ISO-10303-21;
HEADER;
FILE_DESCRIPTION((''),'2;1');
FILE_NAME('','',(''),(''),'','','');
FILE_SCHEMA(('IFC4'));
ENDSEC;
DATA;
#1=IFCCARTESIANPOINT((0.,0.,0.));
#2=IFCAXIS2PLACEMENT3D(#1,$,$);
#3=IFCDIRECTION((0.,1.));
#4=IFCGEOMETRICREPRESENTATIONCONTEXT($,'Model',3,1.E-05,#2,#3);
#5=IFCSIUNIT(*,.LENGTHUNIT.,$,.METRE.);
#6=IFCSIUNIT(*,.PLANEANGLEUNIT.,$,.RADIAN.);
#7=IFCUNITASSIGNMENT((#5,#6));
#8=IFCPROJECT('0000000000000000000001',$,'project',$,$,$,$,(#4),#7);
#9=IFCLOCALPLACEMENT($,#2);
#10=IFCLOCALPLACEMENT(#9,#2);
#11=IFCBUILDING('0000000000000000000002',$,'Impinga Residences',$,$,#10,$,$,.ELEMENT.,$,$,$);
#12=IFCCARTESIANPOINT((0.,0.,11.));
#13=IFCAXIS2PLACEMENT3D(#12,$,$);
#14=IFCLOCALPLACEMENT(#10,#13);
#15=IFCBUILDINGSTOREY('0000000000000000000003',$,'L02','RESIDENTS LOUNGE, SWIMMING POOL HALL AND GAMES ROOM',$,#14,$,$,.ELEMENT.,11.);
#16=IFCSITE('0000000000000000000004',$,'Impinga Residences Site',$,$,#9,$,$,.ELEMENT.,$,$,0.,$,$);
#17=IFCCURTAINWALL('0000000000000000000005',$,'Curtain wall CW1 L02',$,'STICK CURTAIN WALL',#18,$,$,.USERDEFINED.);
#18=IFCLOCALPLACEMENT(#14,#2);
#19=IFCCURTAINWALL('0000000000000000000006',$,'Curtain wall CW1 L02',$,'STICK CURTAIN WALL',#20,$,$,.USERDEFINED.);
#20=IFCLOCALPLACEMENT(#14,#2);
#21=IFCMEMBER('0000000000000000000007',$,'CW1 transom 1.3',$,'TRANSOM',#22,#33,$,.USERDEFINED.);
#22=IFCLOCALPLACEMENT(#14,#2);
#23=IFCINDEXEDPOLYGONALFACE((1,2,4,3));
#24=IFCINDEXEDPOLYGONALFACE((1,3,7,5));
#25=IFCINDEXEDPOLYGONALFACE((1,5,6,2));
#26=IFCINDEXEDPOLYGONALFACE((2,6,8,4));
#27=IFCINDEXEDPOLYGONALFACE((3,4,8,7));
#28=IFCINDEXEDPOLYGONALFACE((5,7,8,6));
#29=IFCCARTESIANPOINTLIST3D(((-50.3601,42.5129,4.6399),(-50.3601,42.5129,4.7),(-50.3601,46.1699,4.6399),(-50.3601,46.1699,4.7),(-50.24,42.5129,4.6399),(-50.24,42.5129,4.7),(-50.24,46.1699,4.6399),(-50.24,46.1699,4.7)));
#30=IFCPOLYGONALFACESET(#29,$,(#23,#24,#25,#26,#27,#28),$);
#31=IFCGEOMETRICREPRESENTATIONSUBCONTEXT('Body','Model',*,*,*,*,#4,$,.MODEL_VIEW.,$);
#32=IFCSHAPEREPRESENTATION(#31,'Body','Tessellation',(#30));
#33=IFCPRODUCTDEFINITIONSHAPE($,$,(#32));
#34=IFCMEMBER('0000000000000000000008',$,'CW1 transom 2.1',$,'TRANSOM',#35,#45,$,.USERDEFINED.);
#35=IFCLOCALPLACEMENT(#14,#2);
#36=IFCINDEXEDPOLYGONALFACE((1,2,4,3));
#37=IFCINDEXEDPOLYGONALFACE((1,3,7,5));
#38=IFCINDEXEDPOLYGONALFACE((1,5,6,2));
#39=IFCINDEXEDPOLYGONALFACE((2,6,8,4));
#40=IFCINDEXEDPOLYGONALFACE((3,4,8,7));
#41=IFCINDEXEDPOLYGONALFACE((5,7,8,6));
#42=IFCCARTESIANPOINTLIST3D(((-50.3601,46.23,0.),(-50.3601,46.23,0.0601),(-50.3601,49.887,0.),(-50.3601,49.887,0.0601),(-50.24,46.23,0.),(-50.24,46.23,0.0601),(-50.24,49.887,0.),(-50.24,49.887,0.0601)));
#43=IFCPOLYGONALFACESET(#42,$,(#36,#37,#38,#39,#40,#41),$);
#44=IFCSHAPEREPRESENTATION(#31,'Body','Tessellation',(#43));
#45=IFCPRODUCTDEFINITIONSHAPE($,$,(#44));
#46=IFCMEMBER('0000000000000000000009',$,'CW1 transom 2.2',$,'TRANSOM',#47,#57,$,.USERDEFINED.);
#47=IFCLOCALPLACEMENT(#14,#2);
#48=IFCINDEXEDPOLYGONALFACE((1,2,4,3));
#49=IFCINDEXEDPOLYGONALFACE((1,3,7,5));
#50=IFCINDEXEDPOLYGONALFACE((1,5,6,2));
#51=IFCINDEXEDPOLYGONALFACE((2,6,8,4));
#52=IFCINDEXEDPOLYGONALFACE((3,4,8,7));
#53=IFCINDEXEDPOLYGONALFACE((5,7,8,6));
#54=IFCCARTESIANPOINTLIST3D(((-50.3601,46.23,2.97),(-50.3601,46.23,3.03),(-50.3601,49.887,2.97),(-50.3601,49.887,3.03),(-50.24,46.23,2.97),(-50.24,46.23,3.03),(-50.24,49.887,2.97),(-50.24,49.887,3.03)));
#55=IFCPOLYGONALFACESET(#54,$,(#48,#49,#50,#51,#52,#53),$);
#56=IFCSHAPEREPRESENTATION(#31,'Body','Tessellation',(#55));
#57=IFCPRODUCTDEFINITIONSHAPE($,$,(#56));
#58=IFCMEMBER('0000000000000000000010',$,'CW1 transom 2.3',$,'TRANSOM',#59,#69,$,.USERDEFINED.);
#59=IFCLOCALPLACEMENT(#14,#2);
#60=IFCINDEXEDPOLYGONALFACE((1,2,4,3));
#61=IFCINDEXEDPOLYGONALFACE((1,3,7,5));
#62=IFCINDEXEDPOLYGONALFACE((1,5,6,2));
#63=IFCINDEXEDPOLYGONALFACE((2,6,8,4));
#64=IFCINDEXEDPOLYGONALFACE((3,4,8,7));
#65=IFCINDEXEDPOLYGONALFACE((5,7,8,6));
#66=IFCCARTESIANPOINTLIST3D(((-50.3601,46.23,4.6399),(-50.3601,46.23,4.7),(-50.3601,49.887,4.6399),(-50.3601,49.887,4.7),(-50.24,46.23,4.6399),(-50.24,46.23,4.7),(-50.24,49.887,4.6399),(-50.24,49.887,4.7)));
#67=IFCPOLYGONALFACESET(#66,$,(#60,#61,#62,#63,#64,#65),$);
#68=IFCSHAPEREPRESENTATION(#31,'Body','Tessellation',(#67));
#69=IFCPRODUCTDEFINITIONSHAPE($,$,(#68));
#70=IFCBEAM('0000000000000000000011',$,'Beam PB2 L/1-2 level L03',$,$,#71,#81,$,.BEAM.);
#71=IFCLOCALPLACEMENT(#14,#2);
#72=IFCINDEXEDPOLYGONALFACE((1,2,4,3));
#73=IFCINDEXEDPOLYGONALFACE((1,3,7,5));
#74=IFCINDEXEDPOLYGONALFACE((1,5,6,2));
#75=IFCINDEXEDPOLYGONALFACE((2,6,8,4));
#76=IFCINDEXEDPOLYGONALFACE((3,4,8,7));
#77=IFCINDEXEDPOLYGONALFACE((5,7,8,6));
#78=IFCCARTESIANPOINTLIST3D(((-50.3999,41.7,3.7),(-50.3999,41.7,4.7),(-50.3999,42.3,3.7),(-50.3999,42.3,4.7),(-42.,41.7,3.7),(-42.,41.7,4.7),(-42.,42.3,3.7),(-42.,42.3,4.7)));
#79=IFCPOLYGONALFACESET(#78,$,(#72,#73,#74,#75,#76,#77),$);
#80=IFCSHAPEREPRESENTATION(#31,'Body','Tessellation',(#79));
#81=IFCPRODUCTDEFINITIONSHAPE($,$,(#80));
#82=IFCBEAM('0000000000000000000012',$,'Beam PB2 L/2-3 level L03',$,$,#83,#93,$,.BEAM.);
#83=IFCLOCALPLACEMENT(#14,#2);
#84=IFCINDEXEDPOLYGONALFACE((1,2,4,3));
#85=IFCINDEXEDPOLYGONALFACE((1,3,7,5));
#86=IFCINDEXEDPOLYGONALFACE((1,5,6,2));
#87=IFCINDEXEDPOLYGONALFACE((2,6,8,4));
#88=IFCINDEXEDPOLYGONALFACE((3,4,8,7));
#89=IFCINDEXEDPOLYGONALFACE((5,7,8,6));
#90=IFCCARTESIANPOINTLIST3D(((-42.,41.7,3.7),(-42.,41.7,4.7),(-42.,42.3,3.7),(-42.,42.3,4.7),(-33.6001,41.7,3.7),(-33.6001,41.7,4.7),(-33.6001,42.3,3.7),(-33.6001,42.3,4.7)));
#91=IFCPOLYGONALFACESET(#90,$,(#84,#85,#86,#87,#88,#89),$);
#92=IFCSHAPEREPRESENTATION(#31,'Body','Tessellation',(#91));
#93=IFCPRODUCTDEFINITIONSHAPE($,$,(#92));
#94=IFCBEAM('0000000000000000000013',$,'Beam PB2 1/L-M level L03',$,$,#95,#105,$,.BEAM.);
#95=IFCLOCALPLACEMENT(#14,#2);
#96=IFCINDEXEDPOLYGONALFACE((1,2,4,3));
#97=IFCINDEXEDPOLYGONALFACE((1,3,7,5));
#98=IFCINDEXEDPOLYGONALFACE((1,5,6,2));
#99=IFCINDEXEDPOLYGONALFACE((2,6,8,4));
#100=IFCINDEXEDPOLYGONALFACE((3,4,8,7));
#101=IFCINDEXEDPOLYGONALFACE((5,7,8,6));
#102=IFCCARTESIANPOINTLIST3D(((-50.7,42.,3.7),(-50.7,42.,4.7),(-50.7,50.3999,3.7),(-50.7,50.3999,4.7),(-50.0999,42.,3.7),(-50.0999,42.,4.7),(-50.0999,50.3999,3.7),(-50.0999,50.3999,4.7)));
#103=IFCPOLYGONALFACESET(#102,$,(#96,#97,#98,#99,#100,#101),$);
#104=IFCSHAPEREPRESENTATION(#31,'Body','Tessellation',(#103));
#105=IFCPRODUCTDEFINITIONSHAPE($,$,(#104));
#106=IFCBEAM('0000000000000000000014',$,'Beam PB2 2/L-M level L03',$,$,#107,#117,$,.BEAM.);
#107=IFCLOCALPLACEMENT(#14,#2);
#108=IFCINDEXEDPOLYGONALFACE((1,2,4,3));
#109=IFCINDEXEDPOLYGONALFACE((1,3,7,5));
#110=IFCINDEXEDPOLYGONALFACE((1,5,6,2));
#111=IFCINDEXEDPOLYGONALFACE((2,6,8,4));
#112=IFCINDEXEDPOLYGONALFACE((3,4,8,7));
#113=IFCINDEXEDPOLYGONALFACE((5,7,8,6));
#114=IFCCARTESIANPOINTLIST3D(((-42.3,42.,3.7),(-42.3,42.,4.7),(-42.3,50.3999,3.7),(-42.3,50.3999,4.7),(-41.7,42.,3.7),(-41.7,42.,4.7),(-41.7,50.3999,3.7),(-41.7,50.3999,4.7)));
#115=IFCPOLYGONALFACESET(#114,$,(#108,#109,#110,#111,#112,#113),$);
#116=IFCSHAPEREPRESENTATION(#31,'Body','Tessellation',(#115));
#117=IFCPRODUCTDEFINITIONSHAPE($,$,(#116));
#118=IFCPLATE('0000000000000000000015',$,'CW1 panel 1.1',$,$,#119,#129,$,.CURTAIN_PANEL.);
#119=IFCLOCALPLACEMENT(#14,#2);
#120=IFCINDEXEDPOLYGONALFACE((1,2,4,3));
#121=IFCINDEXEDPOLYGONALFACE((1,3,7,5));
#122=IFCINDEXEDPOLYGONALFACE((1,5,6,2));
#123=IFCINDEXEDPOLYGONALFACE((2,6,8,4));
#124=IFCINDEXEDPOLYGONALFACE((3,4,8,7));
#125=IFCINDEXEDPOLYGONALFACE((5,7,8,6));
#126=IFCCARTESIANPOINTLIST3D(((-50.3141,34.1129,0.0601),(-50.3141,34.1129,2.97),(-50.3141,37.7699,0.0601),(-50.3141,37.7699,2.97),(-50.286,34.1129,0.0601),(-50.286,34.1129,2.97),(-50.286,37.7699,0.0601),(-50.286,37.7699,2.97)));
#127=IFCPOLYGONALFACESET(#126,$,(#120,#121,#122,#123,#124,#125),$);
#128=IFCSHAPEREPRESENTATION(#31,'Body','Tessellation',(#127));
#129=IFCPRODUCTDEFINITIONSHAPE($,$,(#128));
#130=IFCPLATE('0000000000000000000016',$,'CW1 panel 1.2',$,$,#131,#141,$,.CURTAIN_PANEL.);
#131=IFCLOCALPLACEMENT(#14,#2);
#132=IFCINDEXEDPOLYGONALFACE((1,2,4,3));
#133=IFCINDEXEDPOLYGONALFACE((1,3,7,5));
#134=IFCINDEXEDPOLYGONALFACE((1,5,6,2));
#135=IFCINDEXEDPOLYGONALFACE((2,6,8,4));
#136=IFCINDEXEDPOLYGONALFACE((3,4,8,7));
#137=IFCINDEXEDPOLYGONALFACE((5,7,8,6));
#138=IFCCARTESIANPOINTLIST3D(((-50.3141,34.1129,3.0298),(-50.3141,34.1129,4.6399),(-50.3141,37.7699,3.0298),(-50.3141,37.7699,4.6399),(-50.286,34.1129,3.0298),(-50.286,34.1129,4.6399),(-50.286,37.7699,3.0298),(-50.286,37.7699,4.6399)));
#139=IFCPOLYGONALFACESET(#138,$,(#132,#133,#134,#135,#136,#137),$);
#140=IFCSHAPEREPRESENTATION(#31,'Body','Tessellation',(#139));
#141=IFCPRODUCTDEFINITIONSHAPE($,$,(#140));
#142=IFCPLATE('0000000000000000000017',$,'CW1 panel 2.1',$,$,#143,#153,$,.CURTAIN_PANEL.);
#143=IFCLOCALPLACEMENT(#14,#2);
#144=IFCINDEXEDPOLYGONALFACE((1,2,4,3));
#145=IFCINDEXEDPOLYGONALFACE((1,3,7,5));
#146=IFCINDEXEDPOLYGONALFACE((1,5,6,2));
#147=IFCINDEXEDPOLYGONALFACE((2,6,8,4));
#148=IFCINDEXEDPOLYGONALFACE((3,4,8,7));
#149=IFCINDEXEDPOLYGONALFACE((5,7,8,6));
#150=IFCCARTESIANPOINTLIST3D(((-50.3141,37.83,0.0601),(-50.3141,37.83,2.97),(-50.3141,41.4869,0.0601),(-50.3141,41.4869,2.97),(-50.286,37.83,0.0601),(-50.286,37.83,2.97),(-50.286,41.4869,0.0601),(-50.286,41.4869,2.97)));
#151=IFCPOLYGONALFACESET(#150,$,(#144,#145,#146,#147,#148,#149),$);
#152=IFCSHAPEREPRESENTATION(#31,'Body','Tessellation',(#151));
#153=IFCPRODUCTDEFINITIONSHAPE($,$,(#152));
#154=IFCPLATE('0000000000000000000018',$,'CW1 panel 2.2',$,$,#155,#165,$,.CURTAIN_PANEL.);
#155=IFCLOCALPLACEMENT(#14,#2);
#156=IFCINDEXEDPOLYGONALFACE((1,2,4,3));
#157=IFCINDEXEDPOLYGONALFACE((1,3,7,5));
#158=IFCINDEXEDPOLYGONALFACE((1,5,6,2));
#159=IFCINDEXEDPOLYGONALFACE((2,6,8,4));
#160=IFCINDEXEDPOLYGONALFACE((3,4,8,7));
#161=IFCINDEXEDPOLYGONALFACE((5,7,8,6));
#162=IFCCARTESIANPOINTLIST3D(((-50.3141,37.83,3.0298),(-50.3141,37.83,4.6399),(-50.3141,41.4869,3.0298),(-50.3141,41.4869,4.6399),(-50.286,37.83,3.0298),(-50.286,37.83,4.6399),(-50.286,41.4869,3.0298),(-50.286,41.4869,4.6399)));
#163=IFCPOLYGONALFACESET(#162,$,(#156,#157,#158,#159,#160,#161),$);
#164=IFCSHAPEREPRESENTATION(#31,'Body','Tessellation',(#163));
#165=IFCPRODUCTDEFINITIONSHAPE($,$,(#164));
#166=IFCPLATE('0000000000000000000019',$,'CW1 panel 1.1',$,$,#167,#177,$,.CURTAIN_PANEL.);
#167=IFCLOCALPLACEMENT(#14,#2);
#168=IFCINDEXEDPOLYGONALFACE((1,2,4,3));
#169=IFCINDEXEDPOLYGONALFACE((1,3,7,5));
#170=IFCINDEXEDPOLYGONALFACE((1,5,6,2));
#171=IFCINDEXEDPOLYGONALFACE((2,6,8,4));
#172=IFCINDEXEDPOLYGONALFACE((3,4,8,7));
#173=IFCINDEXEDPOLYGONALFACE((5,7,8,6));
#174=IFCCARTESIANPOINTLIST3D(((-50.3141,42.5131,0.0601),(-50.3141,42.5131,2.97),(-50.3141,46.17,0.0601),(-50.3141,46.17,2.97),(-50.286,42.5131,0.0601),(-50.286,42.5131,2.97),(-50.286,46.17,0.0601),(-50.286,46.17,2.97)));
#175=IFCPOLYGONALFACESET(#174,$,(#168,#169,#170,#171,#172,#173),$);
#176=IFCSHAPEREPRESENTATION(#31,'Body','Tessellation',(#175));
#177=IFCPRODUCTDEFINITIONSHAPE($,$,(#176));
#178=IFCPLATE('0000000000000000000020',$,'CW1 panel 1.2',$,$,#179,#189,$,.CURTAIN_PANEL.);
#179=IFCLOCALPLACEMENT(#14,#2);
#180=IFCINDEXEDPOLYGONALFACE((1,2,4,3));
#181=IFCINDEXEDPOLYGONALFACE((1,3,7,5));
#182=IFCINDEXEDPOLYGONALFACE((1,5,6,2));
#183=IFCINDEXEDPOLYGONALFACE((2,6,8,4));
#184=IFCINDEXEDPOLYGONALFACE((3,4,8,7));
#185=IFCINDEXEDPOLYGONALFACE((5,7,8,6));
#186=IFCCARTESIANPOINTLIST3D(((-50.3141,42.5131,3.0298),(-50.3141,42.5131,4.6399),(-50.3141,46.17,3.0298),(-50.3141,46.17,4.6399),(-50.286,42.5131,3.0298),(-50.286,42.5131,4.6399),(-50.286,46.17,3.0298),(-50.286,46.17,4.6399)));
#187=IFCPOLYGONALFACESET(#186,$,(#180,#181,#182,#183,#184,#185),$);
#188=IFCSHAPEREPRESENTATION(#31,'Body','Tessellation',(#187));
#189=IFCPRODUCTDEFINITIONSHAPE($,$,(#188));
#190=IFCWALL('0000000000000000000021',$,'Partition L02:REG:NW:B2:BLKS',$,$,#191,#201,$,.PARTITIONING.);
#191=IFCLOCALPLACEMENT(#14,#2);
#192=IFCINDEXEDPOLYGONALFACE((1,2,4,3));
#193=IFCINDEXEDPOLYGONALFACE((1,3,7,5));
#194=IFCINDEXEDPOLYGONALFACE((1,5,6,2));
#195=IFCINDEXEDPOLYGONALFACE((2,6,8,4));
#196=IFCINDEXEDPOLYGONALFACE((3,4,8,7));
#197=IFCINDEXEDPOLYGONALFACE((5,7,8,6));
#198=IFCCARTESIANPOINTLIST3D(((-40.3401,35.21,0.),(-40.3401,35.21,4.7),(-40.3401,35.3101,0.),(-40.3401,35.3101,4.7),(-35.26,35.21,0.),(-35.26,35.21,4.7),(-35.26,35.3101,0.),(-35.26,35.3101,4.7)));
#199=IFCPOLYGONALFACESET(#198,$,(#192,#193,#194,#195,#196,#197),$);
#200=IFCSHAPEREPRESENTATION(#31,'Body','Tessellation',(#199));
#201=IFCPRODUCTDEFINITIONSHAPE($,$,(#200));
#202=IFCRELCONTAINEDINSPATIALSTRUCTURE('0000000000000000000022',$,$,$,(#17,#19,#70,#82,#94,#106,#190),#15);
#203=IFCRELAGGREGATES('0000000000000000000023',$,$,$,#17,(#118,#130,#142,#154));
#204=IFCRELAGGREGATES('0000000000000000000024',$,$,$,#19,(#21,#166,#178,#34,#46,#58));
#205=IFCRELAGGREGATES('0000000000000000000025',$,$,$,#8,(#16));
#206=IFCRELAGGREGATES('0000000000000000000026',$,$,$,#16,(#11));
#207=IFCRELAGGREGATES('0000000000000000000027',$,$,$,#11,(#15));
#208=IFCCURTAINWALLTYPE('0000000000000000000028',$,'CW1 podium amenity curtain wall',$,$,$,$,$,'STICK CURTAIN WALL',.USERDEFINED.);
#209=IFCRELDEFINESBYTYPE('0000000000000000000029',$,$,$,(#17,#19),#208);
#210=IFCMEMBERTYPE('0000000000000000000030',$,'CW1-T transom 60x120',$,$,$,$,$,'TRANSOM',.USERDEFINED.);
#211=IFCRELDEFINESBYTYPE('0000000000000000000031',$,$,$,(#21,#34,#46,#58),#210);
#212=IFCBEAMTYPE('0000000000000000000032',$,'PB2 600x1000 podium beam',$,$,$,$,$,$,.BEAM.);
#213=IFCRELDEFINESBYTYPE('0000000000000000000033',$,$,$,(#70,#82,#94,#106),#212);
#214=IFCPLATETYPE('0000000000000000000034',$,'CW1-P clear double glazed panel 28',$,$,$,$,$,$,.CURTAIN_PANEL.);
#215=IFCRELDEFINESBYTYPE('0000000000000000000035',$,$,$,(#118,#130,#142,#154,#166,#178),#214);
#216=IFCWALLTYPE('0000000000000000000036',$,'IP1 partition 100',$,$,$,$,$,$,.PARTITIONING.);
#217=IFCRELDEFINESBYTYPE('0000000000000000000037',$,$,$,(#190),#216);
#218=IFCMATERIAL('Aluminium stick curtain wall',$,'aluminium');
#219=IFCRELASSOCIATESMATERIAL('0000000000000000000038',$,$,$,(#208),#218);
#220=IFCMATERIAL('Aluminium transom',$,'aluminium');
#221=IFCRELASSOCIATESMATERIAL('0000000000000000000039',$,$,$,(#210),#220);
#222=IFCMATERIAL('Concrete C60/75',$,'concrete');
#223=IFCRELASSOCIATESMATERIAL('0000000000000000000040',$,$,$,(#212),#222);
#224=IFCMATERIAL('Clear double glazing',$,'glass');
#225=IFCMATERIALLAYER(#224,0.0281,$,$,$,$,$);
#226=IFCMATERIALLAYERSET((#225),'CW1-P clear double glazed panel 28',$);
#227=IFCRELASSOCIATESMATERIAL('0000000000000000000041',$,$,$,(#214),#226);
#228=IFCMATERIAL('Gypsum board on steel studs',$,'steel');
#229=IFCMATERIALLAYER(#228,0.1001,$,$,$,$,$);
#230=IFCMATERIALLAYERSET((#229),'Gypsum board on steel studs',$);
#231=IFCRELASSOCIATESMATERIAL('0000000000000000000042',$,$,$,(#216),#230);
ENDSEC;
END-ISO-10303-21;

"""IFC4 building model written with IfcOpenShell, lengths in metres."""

from ifc_helpers import new_model, si_unit, direction, frame, frame_2d, origin, origin_2d, place, context, subcontext, project, spatial, rectangle, extrude, material, layer, layer_set, material_profile, profile_set, type_object, element, aggregate, save


model = new_model("IFC4")

# Units and contexts
model_context = context("Model", 3, precision=1e-05, world=origin(), true_north=direction((0.0, 1.0)))
body_context = subcontext(model_context, "Body", "Model", "MODEL_VIEW")
ifc_project = project(units=[si_unit("LENGTHUNIT", "METRE"), si_unit("PLANEANGLEUNIT", "RADIAN")], contexts=[model_context])

# Site, building, storey
site_placement = place(None, origin())
site = spatial("IfcSite", under=ifc_project, at=site_placement, Name="Impinga Residences Site", CompositionType="ELEMENT", RefElevation=0.0)
building_placement = place(site_placement, origin())
building = spatial("IfcBuilding", under=site, at=building_placement, Name="Impinga Residences", CompositionType="ELEMENT")
storey_placement = place(building_placement, frame((0.0, 0.0, 11.0)))
storey = spatial("IfcBuildingStorey", under=building, at=storey_placement, Name="L02", Description="RESIDENTS LOUNGE, SWIMMING POOL HALL AND GAMES ROOM", CompositionType="ELEMENT", Elevation=11.0)

# Curtain walls
ifc_material_1 = material(Name="Aluminium stick curtain wall", Category="aluminium")
curtain_wall_type = type_object("IfcCurtainWallType", Name="CW1 podium amenity curtain wall", ElementType="STICK CURTAIN WALL", PredefinedType="USERDEFINED", material=ifc_material_1)
curtain_wall_1_placement = place(storey_placement, origin())
curtain_wall_1 = element("IfcCurtainWall", 1, at=curtain_wall_1_placement, inside=storey, type_object=curtain_wall_type, Name="Curtain wall CW1 L02", ObjectType="STICK CURTAIN WALL", PredefinedType="USERDEFINED")
curtain_wall_2_placement = place(storey_placement, origin())
curtain_wall_2 = element("IfcCurtainWall", 2, at=curtain_wall_2_placement, inside=storey, type_object=curtain_wall_type, Name="Curtain wall CW1 L02", ObjectType="STICK CURTAIN WALL", PredefinedType="USERDEFINED")

# Members
ifc_material_2 = material(Name="Aluminium transom", Category="aluminium")
ifc_material_profile_1 = material_profile(ifc_material_2, rectangle(XDim=0.0601, YDim=0.1201, at=origin_2d()), Name="60x120 transom")
ifc_profile_set_1 = profile_set([ifc_material_profile_1], Name="Aluminium transom")
member_type_1 = type_object("IfcMemberType", Name="CW1-T transom 60x120", ElementType="TRANSOM", PredefinedType="USERDEFINED", material=ifc_profile_set_1)
member_1_placement = place(storey_placement, frame((-50.3, 42.5129, 4.6699), z_axis=(0.0, 1.0, 0.0), x_axis=(0.0, 0.0, 1.0)))
member_1 = element("IfcMember", 3, at=member_1_placement, type_object=member_type_1, Name="CW1 transom 1.3", ObjectType="TRANSOM", PredefinedType="USERDEFINED", context=body_context, shape_type="SweptSolid", body=[
    extrude(rectangle(XDim=0.0601, YDim=0.1201, at=origin_2d()), origin(), (0.0, 0.0, 1.0), 3.657),
])
member_2_placement = place(storey_placement, frame((-50.3, 46.23, 0.03), z_axis=(0.0, 1.0, 0.0), x_axis=(0.0, 0.0, 1.0)))
member_2 = element("IfcMember", 4, at=member_2_placement, type_object=member_type_1, Name="CW1 transom 2.1", ObjectType="TRANSOM", PredefinedType="USERDEFINED", context=body_context, shape_type="SweptSolid", body=[
    extrude(rectangle(XDim=0.0601, YDim=0.1201, at=origin_2d()), origin(), (0.0, 0.0, 1.0), 3.657),
])
member_3_placement = place(storey_placement, frame((-50.3, 46.23, 3.0), z_axis=(0.0, 1.0, 0.0), x_axis=(0.0, 0.0, 1.0)))
member_3 = element("IfcMember", 5, at=member_3_placement, type_object=member_type_1, Name="CW1 transom 2.2", ObjectType="TRANSOM", PredefinedType="USERDEFINED", context=body_context, shape_type="SweptSolid", body=[
    extrude(rectangle(XDim=0.0601, YDim=0.1201, at=origin_2d()), origin(), (0.0, 0.0, 1.0), 3.657),
])
member_4_placement = place(storey_placement, frame((-50.3, 46.23, 4.6699), z_axis=(0.0, 1.0, 0.0), x_axis=(0.0, 0.0, 1.0)))
member_4 = element("IfcMember", 6, at=member_4_placement, type_object=member_type_1, Name="CW1 transom 2.3", ObjectType="TRANSOM", PredefinedType="USERDEFINED", context=body_context, shape_type="SweptSolid", body=[
    extrude(rectangle(XDim=0.0601, YDim=0.1201, at=origin_2d()), origin(), (0.0, 0.0, 1.0), 3.657),
])

# Beams
ifc_material_3 = material(Name="Concrete C60/75", Category="concrete")
ifc_material_profile_2 = material_profile(ifc_material_3, rectangle(XDim=0.6001, YDim=1.0, at=origin_2d()), Name="RC 600x1000")
ifc_profile_set_2 = profile_set([ifc_material_profile_2], Name="Concrete C60/75")
beam_type = type_object("IfcBeamType", Name="PB2 600x1000 podium beam", PredefinedType="BEAM", material=ifc_profile_set_2)
for number, where, z_axis, x_axis, name in (
    (7, (-50.3999, 42.0, 4.2), (1.0, 0.0, 0.0), (0.0, 1.0, 0.0), "Beam PB2 L/1-2 level L03"),
    (8, (-42.0, 42.0, 4.2), (1.0, 0.0, 0.0), (0.0, 1.0, 0.0), "Beam PB2 L/2-3 level L03"),
    (9, (-50.3999, 42.0, 4.2), (0.0, 1.0, 0.0), (-1.0, 0.0, 0.0), "Beam PB2 1/L-M level L03"),
    (10, (-42.0, 42.0, 4.2), (0.0, 1.0, 0.0), (-1.0, 0.0, 0.0), "Beam PB2 2/L-M level L03"),
):
    element("IfcBeam", number, at=place(storey_placement, frame(where, z_axis=z_axis, x_axis=x_axis)), inside=storey, type_object=beam_type, Name=name, PredefinedType="BEAM", context=body_context, shape_type="SweptSolid", body=[
        extrude(rectangle(XDim=0.6001, YDim=1.0, at=origin_2d()), origin(), (0.0, 0.0, 1.0), 8.3999),
    ])

# Plates
ifc_material_4 = material(Name="Clear double glazing", Category="glass")
ifc_layer_1 = layer(ifc_material_4, 0.0281)
ifc_layer_set_1 = layer_set([ifc_layer_1], Name="CW1-P clear double glazed panel 28")
plate_type = type_object("IfcPlateType", Name="CW1-P clear double glazed panel 28", PredefinedType="CURTAIN_PANEL", material=ifc_layer_set_1)
plate_1_placement = place(storey_placement, frame((-50.3, 35.9414, 0.0601), z_axis=(0.0, 0.0, 1.0), x_axis=(0.0, 1.0, 0.0)))
plate_1 = element("IfcPlate", 11, at=plate_1_placement, type_object=plate_type, Name="CW1 panel 1.1", PredefinedType="CURTAIN_PANEL", context=body_context, shape_type="SweptSolid", body=[
    extrude(rectangle(XDim=3.657, YDim=0.0281, at=origin_2d()), origin(), (0.0, 0.0, 1.0), 2.9099),
])
plate_2_placement = place(storey_placement, frame((-50.3, 35.9414, 3.0298), z_axis=(0.0, 0.0, 1.0), x_axis=(0.0, 1.0, 0.0)))
plate_2 = element("IfcPlate", 12, at=plate_2_placement, type_object=plate_type, Name="CW1 panel 1.2", PredefinedType="CURTAIN_PANEL", context=body_context, shape_type="SweptSolid", body=[
    extrude(rectangle(XDim=3.657, YDim=0.0281, at=origin_2d()), origin(), (0.0, 0.0, 1.0), 1.6101),
])
plate_3_placement = place(storey_placement, frame((-50.3, 39.6584, 0.0601), z_axis=(0.0, 0.0, 1.0), x_axis=(0.0, 1.0, 0.0)))
plate_3 = element("IfcPlate", 13, at=plate_3_placement, type_object=plate_type, Name="CW1 panel 2.1", PredefinedType="CURTAIN_PANEL", context=body_context, shape_type="SweptSolid", body=[
    extrude(rectangle(XDim=3.657, YDim=0.0281, at=origin_2d()), origin(), (0.0, 0.0, 1.0), 2.9099),
])
plate_4_placement = place(storey_placement, frame((-50.3, 39.6584, 3.0298), z_axis=(0.0, 0.0, 1.0), x_axis=(0.0, 1.0, 0.0)))
plate_4 = element("IfcPlate", 14, at=plate_4_placement, type_object=plate_type, Name="CW1 panel 2.2", PredefinedType="CURTAIN_PANEL", context=body_context, shape_type="SweptSolid", body=[
    extrude(rectangle(XDim=3.657, YDim=0.0281, at=origin_2d()), origin(), (0.0, 0.0, 1.0), 1.6101),
])
aggregate(curtain_wall_1, [plate_1, plate_2, plate_3, plate_4])
plate_5_placement = place(storey_placement, frame((-50.3, 44.3416, 0.0601), z_axis=(0.0, 0.0, 1.0), x_axis=(0.0, 1.0, 0.0)))
plate_5 = element("IfcPlate", 15, at=plate_5_placement, type_object=plate_type, Name="CW1 panel 1.1", PredefinedType="CURTAIN_PANEL", context=body_context, shape_type="SweptSolid", body=[
    extrude(rectangle(XDim=3.657, YDim=0.0281, at=origin_2d()), origin(), (0.0, 0.0, 1.0), 2.9099),
])
plate_6_placement = place(storey_placement, frame((-50.3, 44.3416, 3.0298), z_axis=(0.0, 0.0, 1.0), x_axis=(0.0, 1.0, 0.0)))
plate_6 = element("IfcPlate", 16, at=plate_6_placement, type_object=plate_type, Name="CW1 panel 1.2", PredefinedType="CURTAIN_PANEL", context=body_context, shape_type="SweptSolid", body=[
    extrude(rectangle(XDim=3.657, YDim=0.0281, at=origin_2d()), origin(), (0.0, 0.0, 1.0), 1.6101),
])
aggregate(curtain_wall_2, [member_1, plate_5, plate_6, member_2, member_3, member_4])

# Wall
ifc_material_5 = material(Name="Gypsum board on steel studs", Category="steel")
ifc_layer_2 = layer(ifc_material_5, 0.1001)
ifc_layer_set_2 = layer_set([ifc_layer_2], Name="Gypsum board on steel studs")
wall_type = type_object("IfcWallType", Name="IP1 partition 100", PredefinedType="PARTITIONING", material=ifc_layer_set_2)
for number, where, z_axis, x_axis, name in (
    (17, (-40.3401, 35.26, 0.0), (0.0, 0.0, 1.0), (1.0, 0.0, 0.0), "Partition L02:REG:NW:B2:BLKS"),
):
    element("IfcWall", number, at=place(storey_placement, frame(where, z_axis=z_axis, x_axis=x_axis)), inside=storey, type_object=wall_type, Name=name, PredefinedType="PARTITIONING", context=body_context, shape_type="SweptSolid", body=[
        extrude(rectangle(XDim=5.0801, YDim=0.1001, at=frame_2d((2.54, 0.0))), origin(), (0.0, 0.0, 1.0), 4.7),
    ])

save(model, "model.ifc")
